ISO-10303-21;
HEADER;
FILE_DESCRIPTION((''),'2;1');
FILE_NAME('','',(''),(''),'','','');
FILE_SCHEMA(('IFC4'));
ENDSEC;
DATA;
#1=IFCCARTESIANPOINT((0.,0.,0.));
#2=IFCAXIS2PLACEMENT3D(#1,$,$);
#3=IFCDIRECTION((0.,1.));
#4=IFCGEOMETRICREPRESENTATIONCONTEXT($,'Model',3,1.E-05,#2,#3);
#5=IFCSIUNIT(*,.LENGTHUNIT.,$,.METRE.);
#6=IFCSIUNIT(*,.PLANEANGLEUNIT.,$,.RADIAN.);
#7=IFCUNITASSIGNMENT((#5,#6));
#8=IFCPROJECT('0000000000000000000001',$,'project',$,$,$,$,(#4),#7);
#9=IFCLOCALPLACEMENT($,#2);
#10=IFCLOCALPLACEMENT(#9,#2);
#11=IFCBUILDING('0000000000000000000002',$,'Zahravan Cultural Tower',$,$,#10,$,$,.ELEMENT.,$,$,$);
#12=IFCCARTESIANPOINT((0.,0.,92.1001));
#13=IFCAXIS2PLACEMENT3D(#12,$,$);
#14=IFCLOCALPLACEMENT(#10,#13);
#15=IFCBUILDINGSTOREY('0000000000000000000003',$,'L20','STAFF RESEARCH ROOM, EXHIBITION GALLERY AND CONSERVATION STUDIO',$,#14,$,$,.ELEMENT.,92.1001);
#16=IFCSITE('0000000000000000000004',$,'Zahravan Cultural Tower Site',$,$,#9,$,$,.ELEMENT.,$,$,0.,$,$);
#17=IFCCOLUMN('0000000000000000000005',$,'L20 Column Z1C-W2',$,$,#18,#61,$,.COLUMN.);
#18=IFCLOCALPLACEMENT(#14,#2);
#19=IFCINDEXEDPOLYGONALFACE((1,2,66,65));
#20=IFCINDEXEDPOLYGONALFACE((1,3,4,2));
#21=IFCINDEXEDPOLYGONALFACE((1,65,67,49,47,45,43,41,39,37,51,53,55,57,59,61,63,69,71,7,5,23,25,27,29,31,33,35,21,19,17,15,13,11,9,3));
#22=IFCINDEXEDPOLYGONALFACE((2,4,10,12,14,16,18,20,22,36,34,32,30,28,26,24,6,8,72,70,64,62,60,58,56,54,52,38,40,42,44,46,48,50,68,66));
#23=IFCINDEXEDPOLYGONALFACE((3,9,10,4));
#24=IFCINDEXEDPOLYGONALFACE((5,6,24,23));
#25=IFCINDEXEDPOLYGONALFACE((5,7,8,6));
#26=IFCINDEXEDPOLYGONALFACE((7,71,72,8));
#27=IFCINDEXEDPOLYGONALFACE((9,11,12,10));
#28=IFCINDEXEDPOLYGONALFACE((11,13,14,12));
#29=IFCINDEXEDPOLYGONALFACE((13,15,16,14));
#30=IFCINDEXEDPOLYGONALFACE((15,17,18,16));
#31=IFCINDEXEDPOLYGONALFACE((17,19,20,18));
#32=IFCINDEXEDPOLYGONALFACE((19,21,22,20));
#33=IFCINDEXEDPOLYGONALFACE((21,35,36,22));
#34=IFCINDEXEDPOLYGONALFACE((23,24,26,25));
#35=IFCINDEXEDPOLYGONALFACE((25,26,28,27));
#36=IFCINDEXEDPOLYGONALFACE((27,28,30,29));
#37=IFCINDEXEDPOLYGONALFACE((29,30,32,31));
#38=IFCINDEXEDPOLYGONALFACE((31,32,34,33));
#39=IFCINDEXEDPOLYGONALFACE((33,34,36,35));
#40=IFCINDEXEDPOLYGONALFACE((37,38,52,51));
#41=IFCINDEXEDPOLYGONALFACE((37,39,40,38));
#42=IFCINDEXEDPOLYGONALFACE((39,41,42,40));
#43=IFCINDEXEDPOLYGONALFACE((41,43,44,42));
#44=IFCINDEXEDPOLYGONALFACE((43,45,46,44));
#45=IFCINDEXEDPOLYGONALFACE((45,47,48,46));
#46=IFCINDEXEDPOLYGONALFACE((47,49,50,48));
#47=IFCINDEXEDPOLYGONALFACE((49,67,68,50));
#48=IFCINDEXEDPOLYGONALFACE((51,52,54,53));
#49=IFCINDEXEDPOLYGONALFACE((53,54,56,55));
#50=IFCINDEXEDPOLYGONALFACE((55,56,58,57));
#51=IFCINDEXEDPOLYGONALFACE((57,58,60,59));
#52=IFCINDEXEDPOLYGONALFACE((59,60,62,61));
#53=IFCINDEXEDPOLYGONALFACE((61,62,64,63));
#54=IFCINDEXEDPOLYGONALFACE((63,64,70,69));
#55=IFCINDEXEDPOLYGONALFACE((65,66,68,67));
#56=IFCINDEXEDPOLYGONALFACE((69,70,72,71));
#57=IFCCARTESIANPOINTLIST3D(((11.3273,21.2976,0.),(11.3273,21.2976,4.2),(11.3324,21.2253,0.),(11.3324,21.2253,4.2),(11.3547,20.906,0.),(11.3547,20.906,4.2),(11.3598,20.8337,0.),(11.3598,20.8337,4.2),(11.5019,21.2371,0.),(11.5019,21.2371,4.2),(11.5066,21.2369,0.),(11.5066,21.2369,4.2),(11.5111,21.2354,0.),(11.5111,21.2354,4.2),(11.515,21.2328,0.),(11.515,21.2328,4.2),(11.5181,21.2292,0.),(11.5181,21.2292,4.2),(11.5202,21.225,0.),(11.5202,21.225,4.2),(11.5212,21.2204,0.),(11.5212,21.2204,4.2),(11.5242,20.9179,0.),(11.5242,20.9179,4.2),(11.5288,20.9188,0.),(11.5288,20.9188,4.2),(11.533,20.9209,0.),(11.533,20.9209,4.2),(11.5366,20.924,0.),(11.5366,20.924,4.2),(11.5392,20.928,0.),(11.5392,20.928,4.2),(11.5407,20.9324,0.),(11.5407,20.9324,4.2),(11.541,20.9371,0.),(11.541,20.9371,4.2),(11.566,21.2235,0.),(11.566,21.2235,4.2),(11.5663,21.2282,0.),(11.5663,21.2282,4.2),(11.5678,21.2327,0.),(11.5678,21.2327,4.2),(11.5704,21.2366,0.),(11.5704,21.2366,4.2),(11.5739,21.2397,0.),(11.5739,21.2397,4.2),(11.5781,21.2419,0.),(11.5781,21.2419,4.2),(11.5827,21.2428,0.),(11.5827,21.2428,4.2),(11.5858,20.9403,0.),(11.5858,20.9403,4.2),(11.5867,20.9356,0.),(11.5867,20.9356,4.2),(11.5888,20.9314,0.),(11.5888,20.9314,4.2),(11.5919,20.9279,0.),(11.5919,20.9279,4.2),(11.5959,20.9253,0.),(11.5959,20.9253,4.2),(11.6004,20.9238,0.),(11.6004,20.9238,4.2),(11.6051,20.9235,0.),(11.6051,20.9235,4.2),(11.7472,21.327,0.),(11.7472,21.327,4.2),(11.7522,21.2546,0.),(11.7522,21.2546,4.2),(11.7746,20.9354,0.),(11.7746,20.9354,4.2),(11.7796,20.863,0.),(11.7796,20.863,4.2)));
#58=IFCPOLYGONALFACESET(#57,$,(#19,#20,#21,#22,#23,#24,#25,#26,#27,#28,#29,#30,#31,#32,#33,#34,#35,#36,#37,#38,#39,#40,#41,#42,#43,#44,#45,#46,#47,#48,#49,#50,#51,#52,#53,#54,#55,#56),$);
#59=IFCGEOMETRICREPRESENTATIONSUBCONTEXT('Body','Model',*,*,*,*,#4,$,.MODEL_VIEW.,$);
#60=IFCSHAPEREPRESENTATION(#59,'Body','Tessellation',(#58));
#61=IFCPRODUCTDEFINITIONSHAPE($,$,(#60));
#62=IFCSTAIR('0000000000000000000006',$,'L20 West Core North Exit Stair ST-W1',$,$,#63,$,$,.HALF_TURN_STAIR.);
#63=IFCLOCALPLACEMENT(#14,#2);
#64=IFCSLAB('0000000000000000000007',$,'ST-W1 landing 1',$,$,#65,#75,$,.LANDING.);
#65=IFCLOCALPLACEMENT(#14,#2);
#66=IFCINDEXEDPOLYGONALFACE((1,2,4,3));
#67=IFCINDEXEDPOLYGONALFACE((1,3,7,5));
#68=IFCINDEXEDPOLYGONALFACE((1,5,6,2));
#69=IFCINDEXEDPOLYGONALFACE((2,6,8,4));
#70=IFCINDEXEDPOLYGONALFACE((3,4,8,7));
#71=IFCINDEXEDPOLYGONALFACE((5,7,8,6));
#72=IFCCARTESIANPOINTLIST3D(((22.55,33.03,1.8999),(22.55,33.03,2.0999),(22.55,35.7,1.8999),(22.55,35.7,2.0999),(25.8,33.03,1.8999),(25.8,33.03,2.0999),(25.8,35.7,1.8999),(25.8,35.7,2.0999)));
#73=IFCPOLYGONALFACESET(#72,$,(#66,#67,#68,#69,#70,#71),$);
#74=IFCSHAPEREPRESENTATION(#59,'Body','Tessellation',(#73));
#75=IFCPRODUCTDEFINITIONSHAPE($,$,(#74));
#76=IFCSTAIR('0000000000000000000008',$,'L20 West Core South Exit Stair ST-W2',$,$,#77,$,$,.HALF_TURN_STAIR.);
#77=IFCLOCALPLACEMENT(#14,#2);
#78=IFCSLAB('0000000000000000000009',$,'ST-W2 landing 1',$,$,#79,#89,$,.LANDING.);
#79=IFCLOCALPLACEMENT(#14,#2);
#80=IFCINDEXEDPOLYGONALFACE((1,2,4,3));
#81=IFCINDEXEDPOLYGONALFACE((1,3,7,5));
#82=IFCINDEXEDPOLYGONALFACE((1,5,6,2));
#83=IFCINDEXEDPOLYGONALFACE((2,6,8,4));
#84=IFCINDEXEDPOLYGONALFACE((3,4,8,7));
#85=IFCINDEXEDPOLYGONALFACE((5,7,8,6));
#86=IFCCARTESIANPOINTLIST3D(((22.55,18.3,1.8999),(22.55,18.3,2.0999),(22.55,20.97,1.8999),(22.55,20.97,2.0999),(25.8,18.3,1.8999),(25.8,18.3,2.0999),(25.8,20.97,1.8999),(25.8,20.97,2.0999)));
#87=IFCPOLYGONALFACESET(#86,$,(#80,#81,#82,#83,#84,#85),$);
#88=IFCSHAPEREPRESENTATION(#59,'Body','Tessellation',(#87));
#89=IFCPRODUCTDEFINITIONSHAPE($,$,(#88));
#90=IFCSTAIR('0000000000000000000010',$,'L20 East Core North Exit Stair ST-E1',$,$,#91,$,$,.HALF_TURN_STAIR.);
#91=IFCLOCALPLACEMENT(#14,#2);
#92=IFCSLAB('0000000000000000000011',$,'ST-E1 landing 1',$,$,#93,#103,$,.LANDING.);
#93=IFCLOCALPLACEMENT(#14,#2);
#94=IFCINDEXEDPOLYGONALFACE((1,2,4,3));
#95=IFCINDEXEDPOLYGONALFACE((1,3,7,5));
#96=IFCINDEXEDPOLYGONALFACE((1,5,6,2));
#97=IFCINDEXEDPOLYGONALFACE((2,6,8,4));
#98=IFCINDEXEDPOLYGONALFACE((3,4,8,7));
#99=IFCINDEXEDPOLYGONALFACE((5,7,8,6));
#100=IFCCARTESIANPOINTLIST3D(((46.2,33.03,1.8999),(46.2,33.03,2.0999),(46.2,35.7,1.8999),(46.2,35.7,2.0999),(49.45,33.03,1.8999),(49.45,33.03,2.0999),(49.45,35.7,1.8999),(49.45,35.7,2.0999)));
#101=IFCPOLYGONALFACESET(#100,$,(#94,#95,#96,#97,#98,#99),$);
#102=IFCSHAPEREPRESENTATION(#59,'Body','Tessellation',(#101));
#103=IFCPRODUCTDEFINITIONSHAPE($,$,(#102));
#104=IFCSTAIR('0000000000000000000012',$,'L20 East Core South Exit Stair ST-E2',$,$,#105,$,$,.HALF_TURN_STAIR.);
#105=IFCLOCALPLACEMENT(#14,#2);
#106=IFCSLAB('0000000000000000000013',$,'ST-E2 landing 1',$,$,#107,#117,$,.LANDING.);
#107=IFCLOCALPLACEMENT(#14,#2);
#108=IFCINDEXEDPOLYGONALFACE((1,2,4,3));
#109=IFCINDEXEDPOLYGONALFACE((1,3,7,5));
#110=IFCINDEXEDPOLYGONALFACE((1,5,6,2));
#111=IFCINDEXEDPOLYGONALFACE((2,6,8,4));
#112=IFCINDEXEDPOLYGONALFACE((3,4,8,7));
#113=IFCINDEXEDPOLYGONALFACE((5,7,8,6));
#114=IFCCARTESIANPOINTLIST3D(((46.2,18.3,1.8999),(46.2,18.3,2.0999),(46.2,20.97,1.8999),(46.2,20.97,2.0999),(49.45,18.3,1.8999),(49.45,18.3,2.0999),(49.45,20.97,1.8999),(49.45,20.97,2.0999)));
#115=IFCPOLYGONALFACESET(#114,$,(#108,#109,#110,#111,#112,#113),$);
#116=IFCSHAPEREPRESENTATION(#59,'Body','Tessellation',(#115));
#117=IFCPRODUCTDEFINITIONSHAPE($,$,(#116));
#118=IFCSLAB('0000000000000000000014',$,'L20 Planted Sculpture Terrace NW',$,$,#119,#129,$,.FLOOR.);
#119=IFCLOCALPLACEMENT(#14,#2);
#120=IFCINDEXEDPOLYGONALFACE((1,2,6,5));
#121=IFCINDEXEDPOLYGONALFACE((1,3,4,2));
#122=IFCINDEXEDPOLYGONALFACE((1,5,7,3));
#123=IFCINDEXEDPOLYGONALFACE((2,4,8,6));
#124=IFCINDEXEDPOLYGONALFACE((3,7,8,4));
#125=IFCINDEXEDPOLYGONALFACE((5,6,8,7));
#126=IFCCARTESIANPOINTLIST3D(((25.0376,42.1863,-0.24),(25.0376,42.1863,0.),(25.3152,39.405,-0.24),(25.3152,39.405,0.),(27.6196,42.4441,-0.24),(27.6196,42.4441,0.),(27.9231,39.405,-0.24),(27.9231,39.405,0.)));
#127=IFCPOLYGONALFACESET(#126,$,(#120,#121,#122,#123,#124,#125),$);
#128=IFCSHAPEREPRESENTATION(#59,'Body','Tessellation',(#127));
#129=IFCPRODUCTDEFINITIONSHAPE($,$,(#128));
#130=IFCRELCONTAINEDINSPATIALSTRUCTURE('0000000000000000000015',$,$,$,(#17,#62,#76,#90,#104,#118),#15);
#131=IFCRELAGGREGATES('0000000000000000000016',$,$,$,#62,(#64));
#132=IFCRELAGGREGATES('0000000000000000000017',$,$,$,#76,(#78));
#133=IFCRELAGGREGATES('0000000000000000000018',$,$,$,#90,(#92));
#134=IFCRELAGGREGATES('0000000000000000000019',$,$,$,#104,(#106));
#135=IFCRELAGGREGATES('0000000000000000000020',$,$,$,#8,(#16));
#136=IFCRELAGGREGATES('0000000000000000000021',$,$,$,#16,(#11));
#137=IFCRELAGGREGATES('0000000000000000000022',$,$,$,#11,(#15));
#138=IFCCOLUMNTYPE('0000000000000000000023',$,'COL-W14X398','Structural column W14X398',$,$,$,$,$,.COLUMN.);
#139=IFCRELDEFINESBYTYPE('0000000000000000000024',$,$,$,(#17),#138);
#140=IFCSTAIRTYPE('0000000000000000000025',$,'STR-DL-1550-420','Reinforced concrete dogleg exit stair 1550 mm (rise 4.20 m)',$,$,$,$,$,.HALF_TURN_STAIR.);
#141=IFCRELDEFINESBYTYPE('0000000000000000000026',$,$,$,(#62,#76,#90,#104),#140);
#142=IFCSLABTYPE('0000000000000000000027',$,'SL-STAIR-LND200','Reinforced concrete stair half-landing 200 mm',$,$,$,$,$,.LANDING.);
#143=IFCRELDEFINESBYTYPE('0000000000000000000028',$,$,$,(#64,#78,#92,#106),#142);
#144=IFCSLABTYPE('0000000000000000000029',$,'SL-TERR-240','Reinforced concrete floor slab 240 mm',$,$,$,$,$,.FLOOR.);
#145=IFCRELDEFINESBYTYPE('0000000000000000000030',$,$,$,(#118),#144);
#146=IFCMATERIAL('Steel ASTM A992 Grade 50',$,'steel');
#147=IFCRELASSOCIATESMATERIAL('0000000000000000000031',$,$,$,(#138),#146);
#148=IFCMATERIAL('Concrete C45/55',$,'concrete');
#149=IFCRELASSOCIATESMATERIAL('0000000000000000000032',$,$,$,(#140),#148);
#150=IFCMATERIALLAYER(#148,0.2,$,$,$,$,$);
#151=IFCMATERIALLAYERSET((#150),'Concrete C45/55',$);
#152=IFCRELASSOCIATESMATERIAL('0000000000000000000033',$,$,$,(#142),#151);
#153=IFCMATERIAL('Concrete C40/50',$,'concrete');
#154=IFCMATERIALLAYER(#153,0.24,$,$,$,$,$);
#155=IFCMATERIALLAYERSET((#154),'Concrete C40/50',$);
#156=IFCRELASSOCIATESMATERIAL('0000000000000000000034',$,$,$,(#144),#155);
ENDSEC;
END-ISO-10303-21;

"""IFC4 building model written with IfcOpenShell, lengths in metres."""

from ifc_helpers import new_model, si_unit, direction, frame, origin, origin_2d, place, context, subcontext, project, spatial, polyline, i_section, outline, extrude, source, transform, mapped, material, layer, layer_set, material_profile, profile_set, type_object, element, aggregate, save


model = new_model("IFC4")

# Units and contexts
model_context = context("Model", 3, precision=1e-05, world=origin(), true_north=direction((0.0, 1.0)))
body_context = subcontext(model_context, "Body", "Model", "MODEL_VIEW")
ifc_project = project(units=[si_unit("LENGTHUNIT", "METRE"), si_unit("PLANEANGLEUNIT", "RADIAN")], contexts=[model_context])

# Site, building, storey
site_placement = place(None, origin())
site = spatial("IfcSite", under=ifc_project, at=site_placement, Name="Zahravan Cultural Tower Site", CompositionType="ELEMENT", RefElevation=0.0)
building_placement = place(site_placement, origin())
building = spatial("IfcBuilding", under=site, at=building_placement, Name="Zahravan Cultural Tower", CompositionType="ELEMENT")
storey_placement = place(building_placement, frame((0.0, 0.0, 92.1001)))
storey = spatial("IfcBuildingStorey", under=building, at=storey_placement, Name="L20", Description="STAFF RESEARCH ROOM, EXHIBITION GALLERY AND CONSERVATION STUDIO", CompositionType="ELEMENT", Elevation=92.1001)

# Column
ifc_material_1 = material(Name="Steel ASTM A992 Grade 50", Category="steel")
ifc_material_profile = material_profile(ifc_material_1, i_section(OverallWidth=0.4209, OverallDepth=0.4651, WebThickness=0.0449, FlangeThickness=0.0725, FilletRadius=0.0181, at=origin_2d()), Name="W14X398")
ifc_profile_set = profile_set([ifc_material_profile], Name="Steel ASTM A992 Grade 50")
column_type = type_object("IfcColumnType", Name="COL-W14X398", Description="Structural column W14X398", PredefinedType="COLUMN", material=ifc_profile_set)
shared_shape_1 = source(origin(), body_context, "Body", "SweptSolid", [
    extrude(i_section(OverallWidth=0.4209, OverallDepth=0.4651, WebThickness=0.0449, FlangeThickness=0.0725, FilletRadius=0.0181, at=origin_2d()), origin(), (0.0, 0.0, 1.0), 4.2),
])
column_placement = place(storey_placement, frame((11.5535, 21.0803, 0.0), z_axis=(0.0, 0.0, 1.0), x_axis=(0.997564, 0.069756, 0.0)))
element("IfcColumn", 1, at=column_placement, inside=storey, type_object=column_type, Name="L20 Column Z1C-W2", PredefinedType="COLUMN", context=body_context, shape_type="MappedRepresentation", body=[
    mapped(shared_shape_1, transform((0.0, 0.0, 0.0), x_axis=(1.0, 0.0, 0.0), y_axis=(0.0, 1.0, 0.0), z_axis=(0.0, 0.0, 1.0), scale=1.0)),
])

# Stairs, slabs
ifc_material_2 = material(Name="Concrete C45/55", Category="concrete")
stair_type = type_object("IfcStairType", Name="STR-DL-1550-420", Description="Reinforced concrete dogleg exit stair 1550 mm (rise 4.20 m)", PredefinedType="HALF_TURN_STAIR", material=ifc_material_2)
stair_1_placement = place(storey_placement, origin())
stair_1 = element("IfcStair", 2, at=stair_1_placement, inside=storey, type_object=stair_type, Name="L20 West Core North Exit Stair ST-W1", PredefinedType="HALF_TURN_STAIR")
ifc_layer_1 = layer(ifc_material_2, 0.2)
ifc_layer_set_1 = layer_set([ifc_layer_1], Name="Concrete C45/55")
slab_type_1 = type_object("IfcSlabType", Name="SL-STAIR-LND200", Description="Reinforced concrete stair half-landing 200 mm", PredefinedType="LANDING", material=ifc_layer_set_1)
slab_1_placement = place(storey_placement, frame((0.0, 0.0, 1.8999)))
slab_1 = element("IfcSlab", 3, at=slab_1_placement, type_object=slab_type_1, Name="ST-W1 landing 1", PredefinedType="LANDING", context=body_context, shape_type="SweptSolid", body=[
    extrude(outline(polyline([(25.8, 33.03), (25.8, 35.7), (22.55, 35.7), (22.55, 33.03), (25.8, 33.03)])), origin(), (0.0, 0.0, 1.0), 0.2),
])
aggregate(stair_1, [slab_1])
stair_2_placement = place(storey_placement, origin())
stair_2 = element("IfcStair", 4, at=stair_2_placement, inside=storey, type_object=stair_type, Name="L20 West Core South Exit Stair ST-W2", PredefinedType="HALF_TURN_STAIR")
slab_2_placement = place(storey_placement, frame((0.0, 0.0, 1.8999)))
slab_2 = element("IfcSlab", 5, at=slab_2_placement, type_object=slab_type_1, Name="ST-W2 landing 1", PredefinedType="LANDING", context=body_context, shape_type="SweptSolid", body=[
    extrude(outline(polyline([(22.55, 20.97), (22.55, 18.3), (25.8, 18.3), (25.8, 20.97), (22.55, 20.97)])), origin(), (0.0, 0.0, 1.0), 0.2),
])
aggregate(stair_2, [slab_2])
stair_3_placement = place(storey_placement, origin())
stair_3 = element("IfcStair", 6, at=stair_3_placement, inside=storey, type_object=stair_type, Name="L20 East Core North Exit Stair ST-E1", PredefinedType="HALF_TURN_STAIR")
slab_3_placement = place(storey_placement, frame((0.0, 0.0, 1.8999)))
slab_3 = element("IfcSlab", 7, at=slab_3_placement, type_object=slab_type_1, Name="ST-E1 landing 1", PredefinedType="LANDING", context=body_context, shape_type="SweptSolid", body=[
    extrude(outline(polyline([(49.45, 33.03), (49.45, 35.7), (46.2, 35.7), (46.2, 33.03), (49.45, 33.03)])), origin(), (0.0, 0.0, 1.0), 0.2),
])
aggregate(stair_3, [slab_3])
stair_4_placement = place(storey_placement, origin())
stair_4 = element("IfcStair", 8, at=stair_4_placement, inside=storey, type_object=stair_type, Name="L20 East Core South Exit Stair ST-E2", PredefinedType="HALF_TURN_STAIR")
slab_4_placement = place(storey_placement, frame((0.0, 0.0, 1.8999)))
slab_4 = element("IfcSlab", 9, at=slab_4_placement, type_object=slab_type_1, Name="ST-E2 landing 1", PredefinedType="LANDING", context=body_context, shape_type="SweptSolid", body=[
    extrude(outline(polyline([(46.2, 20.97), (46.2, 18.3), (49.45, 18.3), (49.45, 20.97), (46.2, 20.97)])), origin(), (0.0, 0.0, 1.0), 0.2),
])
aggregate(stair_4, [slab_4])

# Slab
ifc_material_3 = material(Name="Concrete C40/50", Category="concrete")
ifc_layer_2 = layer(ifc_material_3, 0.24)
ifc_layer_set_2 = layer_set([ifc_layer_2], Name="Concrete C40/50")
slab_type_2 = type_object("IfcSlabType", Name="SL-TERR-240", Description="Reinforced concrete floor slab 240 mm", PredefinedType="FLOOR", material=ifc_layer_set_2)
slab_5_placement = place(storey_placement, frame((0.0, 0.0, -0.24)))
element("IfcSlab", 10, at=slab_5_placement, inside=storey, type_object=slab_type_2, Name="L20 Planted Sculpture Terrace NW", PredefinedType="FLOOR", context=body_context, shape_type="SweptSolid", body=[
    extrude(outline(polyline([(25.0376, 42.1863), (25.3152, 39.405), (27.9231, 39.405), (27.6196, 42.4441), (25.0376, 42.1863)])), origin(), (0.0, 0.0, 1.0), 0.24),
])

save(model, "model.ifc")
